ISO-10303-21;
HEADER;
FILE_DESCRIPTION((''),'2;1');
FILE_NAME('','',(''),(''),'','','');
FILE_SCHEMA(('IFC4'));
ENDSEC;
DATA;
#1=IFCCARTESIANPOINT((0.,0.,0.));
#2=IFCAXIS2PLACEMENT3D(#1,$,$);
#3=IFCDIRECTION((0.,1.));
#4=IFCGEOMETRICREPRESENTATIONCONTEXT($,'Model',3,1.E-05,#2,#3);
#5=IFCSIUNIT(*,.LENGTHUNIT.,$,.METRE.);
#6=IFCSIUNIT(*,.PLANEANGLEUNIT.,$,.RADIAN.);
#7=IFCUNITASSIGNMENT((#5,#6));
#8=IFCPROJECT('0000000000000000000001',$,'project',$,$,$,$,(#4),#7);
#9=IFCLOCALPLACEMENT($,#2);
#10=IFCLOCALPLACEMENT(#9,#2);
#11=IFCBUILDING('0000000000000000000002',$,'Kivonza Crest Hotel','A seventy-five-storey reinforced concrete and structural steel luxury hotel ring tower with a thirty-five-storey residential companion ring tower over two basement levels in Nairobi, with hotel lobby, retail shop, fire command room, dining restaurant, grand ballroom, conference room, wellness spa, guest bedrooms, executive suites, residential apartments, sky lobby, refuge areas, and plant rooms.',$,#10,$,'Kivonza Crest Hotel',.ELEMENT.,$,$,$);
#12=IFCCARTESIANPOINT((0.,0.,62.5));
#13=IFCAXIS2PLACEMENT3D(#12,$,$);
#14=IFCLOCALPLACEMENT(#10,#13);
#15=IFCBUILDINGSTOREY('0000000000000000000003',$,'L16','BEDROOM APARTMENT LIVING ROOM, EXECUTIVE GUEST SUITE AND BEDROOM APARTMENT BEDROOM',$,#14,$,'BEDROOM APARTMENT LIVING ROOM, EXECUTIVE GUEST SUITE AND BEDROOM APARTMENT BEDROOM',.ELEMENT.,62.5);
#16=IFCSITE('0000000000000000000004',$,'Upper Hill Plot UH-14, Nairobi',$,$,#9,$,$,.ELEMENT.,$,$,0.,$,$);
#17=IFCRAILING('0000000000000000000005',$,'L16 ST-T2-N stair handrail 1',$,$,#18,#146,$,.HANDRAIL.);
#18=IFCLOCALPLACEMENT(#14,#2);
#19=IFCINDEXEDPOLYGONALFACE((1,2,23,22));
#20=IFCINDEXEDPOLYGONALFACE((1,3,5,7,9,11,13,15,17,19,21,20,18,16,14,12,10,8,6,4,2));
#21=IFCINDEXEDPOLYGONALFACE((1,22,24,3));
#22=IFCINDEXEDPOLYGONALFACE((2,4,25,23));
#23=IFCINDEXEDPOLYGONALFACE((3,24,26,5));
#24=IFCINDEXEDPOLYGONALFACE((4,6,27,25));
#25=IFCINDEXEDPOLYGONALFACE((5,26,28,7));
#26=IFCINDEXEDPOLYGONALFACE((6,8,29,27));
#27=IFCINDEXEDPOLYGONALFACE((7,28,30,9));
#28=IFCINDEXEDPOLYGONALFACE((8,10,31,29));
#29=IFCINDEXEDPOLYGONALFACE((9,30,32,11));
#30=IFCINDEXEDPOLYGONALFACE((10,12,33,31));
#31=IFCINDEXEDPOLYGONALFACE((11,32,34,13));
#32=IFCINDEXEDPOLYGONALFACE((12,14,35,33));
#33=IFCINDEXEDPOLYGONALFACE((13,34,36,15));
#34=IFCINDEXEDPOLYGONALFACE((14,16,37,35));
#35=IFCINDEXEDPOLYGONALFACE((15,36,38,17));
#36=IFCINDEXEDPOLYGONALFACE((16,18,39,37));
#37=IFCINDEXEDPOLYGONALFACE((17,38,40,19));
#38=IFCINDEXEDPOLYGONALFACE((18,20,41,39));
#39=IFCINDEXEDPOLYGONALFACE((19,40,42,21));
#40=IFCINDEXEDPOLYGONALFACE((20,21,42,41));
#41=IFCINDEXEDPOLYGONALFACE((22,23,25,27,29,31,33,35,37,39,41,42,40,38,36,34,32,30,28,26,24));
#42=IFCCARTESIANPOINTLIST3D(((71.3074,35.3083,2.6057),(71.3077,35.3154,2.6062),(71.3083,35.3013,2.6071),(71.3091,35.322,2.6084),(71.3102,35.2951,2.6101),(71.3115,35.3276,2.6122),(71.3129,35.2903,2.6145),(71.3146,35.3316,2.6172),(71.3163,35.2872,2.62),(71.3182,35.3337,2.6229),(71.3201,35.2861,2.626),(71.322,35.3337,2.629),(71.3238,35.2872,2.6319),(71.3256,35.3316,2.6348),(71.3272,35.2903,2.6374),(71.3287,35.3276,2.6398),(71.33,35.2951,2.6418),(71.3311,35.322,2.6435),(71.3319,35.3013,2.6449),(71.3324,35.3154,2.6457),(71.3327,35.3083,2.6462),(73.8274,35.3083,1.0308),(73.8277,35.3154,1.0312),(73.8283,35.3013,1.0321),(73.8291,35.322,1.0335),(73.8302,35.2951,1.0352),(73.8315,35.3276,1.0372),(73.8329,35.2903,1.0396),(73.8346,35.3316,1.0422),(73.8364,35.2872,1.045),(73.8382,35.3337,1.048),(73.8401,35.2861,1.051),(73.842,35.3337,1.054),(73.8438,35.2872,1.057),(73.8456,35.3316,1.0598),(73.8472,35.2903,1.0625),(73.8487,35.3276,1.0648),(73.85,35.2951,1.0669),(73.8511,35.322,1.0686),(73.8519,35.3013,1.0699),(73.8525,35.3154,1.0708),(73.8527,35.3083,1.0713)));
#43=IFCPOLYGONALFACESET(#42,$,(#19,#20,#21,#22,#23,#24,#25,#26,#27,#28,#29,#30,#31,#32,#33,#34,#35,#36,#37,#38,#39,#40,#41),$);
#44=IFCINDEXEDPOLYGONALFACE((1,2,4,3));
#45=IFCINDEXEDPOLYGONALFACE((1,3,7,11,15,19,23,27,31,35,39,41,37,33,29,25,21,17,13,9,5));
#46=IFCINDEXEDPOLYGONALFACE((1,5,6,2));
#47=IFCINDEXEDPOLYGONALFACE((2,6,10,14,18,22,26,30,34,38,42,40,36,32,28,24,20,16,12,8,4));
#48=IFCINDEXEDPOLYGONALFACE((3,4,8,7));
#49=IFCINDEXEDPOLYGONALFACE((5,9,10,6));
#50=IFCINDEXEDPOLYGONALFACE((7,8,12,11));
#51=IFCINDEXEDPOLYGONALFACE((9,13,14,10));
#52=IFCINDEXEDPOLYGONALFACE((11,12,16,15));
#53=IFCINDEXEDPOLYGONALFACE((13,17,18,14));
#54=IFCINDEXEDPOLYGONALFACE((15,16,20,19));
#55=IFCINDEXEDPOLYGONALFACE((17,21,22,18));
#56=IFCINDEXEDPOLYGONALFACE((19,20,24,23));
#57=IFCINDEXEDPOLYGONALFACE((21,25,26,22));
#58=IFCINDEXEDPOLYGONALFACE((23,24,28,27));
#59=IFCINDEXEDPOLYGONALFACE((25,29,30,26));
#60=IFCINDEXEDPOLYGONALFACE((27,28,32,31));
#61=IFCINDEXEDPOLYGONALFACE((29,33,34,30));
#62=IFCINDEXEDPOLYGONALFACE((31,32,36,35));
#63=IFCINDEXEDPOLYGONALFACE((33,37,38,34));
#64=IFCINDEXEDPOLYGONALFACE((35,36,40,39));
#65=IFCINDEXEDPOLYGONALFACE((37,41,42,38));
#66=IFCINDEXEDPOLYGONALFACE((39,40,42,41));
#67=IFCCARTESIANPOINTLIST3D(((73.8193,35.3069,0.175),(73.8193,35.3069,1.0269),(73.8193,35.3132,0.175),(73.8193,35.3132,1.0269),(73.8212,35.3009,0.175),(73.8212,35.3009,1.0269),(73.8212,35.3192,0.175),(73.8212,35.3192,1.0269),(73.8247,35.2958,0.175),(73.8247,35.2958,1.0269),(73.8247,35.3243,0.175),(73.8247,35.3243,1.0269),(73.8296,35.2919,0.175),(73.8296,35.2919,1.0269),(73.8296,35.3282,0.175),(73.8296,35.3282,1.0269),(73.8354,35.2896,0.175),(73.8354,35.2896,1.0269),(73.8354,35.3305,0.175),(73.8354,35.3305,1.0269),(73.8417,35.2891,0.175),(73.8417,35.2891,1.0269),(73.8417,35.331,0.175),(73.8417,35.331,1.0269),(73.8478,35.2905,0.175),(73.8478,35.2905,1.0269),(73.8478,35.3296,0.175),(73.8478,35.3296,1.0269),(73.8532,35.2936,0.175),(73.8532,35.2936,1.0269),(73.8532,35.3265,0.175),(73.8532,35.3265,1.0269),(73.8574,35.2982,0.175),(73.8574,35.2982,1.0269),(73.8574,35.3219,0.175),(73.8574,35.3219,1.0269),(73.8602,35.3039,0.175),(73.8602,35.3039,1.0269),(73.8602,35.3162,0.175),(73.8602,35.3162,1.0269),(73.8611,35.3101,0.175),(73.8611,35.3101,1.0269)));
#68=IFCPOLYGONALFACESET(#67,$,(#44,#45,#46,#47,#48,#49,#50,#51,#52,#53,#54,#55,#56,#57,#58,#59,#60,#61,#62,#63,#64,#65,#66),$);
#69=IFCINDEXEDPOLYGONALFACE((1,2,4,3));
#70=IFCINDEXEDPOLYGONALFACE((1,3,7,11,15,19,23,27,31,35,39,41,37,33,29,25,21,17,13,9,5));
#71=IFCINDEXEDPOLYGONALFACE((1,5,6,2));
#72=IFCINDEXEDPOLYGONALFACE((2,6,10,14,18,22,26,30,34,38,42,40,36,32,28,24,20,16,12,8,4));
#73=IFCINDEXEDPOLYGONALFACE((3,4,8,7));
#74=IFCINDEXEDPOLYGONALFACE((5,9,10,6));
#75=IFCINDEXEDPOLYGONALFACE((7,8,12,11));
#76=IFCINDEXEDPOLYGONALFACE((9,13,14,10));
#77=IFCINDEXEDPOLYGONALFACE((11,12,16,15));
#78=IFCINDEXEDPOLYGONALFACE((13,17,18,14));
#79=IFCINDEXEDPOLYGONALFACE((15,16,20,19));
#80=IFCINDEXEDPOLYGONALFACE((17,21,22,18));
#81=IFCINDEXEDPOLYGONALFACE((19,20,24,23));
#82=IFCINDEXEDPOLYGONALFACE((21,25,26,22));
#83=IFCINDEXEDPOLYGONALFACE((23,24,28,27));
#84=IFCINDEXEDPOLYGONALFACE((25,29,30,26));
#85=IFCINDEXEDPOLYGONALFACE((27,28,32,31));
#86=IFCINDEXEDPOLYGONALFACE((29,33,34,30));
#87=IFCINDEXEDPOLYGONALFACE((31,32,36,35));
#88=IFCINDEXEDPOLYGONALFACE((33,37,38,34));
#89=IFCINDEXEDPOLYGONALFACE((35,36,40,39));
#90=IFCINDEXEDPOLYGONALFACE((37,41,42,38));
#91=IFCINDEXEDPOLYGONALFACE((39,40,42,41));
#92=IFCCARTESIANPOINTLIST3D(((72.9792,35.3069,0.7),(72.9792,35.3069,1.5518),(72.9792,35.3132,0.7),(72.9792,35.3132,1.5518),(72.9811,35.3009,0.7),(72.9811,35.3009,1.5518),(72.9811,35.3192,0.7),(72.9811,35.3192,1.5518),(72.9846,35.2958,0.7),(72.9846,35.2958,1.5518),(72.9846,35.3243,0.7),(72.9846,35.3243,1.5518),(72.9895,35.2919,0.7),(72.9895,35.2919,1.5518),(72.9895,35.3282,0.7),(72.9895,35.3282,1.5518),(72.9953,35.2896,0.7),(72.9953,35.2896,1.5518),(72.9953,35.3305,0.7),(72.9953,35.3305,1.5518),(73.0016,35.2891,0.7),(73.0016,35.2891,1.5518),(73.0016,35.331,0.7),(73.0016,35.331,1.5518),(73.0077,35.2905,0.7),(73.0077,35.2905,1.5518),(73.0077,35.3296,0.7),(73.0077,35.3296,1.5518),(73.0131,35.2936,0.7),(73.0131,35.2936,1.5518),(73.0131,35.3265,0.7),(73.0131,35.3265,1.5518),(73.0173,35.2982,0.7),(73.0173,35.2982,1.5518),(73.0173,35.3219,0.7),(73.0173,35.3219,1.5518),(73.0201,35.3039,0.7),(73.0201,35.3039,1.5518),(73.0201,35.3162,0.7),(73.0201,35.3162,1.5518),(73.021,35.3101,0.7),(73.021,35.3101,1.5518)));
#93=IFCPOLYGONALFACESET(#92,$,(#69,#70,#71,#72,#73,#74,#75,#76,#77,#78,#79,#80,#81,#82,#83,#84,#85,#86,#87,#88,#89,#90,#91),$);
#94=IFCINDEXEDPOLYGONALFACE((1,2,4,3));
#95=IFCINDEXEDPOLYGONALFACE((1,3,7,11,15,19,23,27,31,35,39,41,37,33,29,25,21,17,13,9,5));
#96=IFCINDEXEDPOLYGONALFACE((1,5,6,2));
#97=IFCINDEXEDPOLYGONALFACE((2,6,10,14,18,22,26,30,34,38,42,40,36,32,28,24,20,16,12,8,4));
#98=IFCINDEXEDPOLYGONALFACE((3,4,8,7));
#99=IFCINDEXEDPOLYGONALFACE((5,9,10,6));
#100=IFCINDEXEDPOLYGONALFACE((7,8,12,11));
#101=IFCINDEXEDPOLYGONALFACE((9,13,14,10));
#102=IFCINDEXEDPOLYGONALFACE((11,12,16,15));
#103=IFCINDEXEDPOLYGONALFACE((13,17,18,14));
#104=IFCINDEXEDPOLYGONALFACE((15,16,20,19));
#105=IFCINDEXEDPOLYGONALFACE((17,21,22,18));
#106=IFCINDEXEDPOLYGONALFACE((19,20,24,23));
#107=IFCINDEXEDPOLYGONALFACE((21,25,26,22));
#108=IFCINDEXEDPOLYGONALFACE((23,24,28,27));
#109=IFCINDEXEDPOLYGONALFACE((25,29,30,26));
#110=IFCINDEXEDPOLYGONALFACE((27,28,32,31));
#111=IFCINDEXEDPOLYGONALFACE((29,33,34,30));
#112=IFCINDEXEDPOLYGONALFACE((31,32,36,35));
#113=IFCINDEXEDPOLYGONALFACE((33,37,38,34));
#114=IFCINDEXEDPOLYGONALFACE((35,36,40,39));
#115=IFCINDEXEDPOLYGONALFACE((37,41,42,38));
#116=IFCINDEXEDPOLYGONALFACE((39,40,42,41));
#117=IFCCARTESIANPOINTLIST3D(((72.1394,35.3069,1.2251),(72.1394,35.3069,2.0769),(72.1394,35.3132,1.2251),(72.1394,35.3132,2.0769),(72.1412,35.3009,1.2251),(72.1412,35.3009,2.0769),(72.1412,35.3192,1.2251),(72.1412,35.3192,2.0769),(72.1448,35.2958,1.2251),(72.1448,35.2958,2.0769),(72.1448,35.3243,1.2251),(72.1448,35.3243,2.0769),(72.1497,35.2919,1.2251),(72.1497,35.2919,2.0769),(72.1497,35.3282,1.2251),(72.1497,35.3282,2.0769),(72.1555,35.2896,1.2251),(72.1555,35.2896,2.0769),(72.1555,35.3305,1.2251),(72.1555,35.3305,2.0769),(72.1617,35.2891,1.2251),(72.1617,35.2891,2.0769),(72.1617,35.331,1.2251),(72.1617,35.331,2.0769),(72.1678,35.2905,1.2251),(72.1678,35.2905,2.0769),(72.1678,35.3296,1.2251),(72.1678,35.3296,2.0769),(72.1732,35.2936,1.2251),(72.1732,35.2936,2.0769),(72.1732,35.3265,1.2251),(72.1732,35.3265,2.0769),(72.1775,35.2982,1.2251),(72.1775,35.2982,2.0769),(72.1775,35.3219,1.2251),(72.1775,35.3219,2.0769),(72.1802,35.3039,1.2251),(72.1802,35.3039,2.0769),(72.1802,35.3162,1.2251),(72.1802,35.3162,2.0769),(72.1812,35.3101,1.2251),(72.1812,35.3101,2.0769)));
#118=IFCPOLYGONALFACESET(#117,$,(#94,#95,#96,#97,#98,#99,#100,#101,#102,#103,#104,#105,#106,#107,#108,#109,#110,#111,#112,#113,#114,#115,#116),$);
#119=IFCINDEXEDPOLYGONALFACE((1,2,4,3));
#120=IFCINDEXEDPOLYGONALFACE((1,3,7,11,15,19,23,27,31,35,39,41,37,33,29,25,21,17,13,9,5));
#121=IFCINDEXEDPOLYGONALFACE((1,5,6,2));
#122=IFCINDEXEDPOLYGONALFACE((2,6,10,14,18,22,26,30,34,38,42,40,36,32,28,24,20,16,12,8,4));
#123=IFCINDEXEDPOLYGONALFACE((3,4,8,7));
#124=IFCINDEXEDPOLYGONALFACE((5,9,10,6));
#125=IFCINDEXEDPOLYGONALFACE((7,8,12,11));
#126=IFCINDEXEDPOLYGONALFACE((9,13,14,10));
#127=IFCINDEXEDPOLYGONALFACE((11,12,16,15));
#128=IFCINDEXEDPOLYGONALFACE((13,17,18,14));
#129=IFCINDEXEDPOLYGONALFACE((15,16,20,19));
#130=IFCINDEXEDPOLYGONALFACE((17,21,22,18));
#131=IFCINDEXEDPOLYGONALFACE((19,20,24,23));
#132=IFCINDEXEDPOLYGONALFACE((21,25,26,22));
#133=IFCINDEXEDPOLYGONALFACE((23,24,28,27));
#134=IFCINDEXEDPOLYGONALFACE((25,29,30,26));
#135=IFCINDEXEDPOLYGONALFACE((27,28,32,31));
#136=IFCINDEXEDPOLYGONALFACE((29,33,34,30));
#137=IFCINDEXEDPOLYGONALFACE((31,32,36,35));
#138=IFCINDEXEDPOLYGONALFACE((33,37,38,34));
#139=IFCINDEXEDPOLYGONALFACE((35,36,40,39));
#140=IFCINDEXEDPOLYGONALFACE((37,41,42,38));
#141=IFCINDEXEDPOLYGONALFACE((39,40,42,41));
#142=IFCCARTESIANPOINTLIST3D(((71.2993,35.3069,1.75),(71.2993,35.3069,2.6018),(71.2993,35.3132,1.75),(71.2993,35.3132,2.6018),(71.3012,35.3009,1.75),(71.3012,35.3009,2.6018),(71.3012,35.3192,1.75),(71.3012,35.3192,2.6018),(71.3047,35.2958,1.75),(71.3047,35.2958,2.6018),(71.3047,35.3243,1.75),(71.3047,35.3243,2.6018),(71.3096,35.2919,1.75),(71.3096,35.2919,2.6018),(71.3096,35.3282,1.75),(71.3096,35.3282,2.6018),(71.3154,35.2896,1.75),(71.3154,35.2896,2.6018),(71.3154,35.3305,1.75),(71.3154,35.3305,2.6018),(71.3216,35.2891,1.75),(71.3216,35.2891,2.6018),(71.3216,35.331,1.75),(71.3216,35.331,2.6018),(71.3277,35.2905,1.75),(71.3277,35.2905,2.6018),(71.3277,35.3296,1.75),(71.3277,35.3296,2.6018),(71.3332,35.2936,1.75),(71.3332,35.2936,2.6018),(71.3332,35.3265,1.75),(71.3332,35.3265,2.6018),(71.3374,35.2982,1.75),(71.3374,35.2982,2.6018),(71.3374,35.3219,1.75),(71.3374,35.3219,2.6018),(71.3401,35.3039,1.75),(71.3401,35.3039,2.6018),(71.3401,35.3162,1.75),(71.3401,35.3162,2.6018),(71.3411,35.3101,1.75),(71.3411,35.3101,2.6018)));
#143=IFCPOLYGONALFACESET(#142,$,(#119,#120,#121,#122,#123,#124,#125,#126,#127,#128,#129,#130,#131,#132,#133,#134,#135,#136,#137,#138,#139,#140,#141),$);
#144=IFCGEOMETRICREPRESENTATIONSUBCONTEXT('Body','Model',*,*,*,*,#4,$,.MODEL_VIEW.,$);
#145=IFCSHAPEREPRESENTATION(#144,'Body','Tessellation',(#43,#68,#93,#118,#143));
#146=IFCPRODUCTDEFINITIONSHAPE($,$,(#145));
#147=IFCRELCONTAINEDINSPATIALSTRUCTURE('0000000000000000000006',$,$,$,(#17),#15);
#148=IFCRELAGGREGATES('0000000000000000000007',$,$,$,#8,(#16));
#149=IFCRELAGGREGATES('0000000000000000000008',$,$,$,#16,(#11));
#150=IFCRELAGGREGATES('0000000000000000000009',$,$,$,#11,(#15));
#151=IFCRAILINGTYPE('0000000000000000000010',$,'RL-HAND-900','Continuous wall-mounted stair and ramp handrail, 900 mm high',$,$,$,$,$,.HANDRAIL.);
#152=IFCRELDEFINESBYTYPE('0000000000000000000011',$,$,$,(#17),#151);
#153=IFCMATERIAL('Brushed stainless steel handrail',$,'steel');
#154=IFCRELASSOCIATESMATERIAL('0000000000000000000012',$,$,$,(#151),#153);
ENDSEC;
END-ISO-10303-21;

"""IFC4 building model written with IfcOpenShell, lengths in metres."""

from ifc_helpers import new_model, si_unit, direction, frame, origin, origin_2d, place, context, subcontext, project, spatial, circle, extrude, material, type_object, element, save


model = new_model("IFC4")

# Units and contexts
model_context = context("Model", 3, precision=1e-05, world=origin(), true_north=direction((0.0, 1.0)))
body_context = subcontext(model_context, "Body", "Model", "MODEL_VIEW")
ifc_project = project(units=[si_unit("LENGTHUNIT", "METRE"), si_unit("PLANEANGLEUNIT", "RADIAN")], contexts=[model_context])

# Site, building, storey
site_placement = place(None, origin())
site = spatial("IfcSite", under=ifc_project, at=site_placement, Name="Upper Hill Plot UH-14, Nairobi", CompositionType="ELEMENT", RefElevation=0.0)
building_placement = place(site_placement, origin())
building = spatial("IfcBuilding", under=site, at=building_placement, Name="Kivonza Crest Hotel", Description="A seventy-five-storey reinforced concrete and structural steel luxury hotel ring tower with a thirty-five-storey residential companion ring tower over two basement levels in Nairobi, with hotel lobby, retail shop, fire command room, dining restaurant, grand ballroom, conference room, wellness spa, guest bedrooms, executive suites, residential apartments, sky lobby, refuge areas, and plant rooms.", LongName="Kivonza Crest Hotel", CompositionType="ELEMENT")
storey_placement = place(building_placement, frame((0.0, 0.0, 62.5)))
storey = spatial("IfcBuildingStorey", under=building, at=storey_placement, Name="L16", Description="BEDROOM APARTMENT LIVING ROOM, EXECUTIVE GUEST SUITE AND BEDROOM APARTMENT BEDROOM", LongName="BEDROOM APARTMENT LIVING ROOM, EXECUTIVE GUEST SUITE AND BEDROOM APARTMENT BEDROOM", CompositionType="ELEMENT", Elevation=62.5)

# Railing
ifc_material_1 = material(Name="Brushed stainless steel handrail", Category="steel")
railing_type = type_object("IfcRailingType", Name="RL-HAND-900", Description="Continuous wall-mounted stair and ramp handrail, 900 mm high", PredefinedType="HANDRAIL", material=ifc_material_1)
railing_placement = place(storey_placement, frame((73.8401, 35.3101, 0.175)))
element("IfcRailing", 1, at=railing_placement, inside=storey, type_object=railing_type, Name="L16 ST-T2-N stair handrail 1", PredefinedType="HANDRAIL", context=body_context, shape_type="SweptSolid", body=[
    extrude(circle(Radius=0.0239, at=origin_2d()), frame((0.0, 0.0, 0.876), z_axis=(-0.848008, 0.0, 0.529984), x_axis=(0.0, -1.0, 0.0)), (0.0, 0.0, 1.0), 2.9717),
    extrude(circle(Radius=0.021, at=origin_2d()), origin(), (0.0, 0.0, 1.0), 0.8518),
    extrude(circle(Radius=0.021, at=origin_2d()), frame((-0.8401, 0.0, 0.5249)), (0.0, 0.0, 1.0), 0.8518),
    extrude(circle(Radius=0.021, at=origin_2d()), frame((-1.6799, 0.0, 1.05)), (0.0, 0.0, 1.0), 0.8518),
    extrude(circle(Radius=0.021, at=origin_2d()), frame((-2.52, 0.0, 1.575)), (0.0, 0.0, 1.0), 0.8518),
])

save(model, "model.ifc")
